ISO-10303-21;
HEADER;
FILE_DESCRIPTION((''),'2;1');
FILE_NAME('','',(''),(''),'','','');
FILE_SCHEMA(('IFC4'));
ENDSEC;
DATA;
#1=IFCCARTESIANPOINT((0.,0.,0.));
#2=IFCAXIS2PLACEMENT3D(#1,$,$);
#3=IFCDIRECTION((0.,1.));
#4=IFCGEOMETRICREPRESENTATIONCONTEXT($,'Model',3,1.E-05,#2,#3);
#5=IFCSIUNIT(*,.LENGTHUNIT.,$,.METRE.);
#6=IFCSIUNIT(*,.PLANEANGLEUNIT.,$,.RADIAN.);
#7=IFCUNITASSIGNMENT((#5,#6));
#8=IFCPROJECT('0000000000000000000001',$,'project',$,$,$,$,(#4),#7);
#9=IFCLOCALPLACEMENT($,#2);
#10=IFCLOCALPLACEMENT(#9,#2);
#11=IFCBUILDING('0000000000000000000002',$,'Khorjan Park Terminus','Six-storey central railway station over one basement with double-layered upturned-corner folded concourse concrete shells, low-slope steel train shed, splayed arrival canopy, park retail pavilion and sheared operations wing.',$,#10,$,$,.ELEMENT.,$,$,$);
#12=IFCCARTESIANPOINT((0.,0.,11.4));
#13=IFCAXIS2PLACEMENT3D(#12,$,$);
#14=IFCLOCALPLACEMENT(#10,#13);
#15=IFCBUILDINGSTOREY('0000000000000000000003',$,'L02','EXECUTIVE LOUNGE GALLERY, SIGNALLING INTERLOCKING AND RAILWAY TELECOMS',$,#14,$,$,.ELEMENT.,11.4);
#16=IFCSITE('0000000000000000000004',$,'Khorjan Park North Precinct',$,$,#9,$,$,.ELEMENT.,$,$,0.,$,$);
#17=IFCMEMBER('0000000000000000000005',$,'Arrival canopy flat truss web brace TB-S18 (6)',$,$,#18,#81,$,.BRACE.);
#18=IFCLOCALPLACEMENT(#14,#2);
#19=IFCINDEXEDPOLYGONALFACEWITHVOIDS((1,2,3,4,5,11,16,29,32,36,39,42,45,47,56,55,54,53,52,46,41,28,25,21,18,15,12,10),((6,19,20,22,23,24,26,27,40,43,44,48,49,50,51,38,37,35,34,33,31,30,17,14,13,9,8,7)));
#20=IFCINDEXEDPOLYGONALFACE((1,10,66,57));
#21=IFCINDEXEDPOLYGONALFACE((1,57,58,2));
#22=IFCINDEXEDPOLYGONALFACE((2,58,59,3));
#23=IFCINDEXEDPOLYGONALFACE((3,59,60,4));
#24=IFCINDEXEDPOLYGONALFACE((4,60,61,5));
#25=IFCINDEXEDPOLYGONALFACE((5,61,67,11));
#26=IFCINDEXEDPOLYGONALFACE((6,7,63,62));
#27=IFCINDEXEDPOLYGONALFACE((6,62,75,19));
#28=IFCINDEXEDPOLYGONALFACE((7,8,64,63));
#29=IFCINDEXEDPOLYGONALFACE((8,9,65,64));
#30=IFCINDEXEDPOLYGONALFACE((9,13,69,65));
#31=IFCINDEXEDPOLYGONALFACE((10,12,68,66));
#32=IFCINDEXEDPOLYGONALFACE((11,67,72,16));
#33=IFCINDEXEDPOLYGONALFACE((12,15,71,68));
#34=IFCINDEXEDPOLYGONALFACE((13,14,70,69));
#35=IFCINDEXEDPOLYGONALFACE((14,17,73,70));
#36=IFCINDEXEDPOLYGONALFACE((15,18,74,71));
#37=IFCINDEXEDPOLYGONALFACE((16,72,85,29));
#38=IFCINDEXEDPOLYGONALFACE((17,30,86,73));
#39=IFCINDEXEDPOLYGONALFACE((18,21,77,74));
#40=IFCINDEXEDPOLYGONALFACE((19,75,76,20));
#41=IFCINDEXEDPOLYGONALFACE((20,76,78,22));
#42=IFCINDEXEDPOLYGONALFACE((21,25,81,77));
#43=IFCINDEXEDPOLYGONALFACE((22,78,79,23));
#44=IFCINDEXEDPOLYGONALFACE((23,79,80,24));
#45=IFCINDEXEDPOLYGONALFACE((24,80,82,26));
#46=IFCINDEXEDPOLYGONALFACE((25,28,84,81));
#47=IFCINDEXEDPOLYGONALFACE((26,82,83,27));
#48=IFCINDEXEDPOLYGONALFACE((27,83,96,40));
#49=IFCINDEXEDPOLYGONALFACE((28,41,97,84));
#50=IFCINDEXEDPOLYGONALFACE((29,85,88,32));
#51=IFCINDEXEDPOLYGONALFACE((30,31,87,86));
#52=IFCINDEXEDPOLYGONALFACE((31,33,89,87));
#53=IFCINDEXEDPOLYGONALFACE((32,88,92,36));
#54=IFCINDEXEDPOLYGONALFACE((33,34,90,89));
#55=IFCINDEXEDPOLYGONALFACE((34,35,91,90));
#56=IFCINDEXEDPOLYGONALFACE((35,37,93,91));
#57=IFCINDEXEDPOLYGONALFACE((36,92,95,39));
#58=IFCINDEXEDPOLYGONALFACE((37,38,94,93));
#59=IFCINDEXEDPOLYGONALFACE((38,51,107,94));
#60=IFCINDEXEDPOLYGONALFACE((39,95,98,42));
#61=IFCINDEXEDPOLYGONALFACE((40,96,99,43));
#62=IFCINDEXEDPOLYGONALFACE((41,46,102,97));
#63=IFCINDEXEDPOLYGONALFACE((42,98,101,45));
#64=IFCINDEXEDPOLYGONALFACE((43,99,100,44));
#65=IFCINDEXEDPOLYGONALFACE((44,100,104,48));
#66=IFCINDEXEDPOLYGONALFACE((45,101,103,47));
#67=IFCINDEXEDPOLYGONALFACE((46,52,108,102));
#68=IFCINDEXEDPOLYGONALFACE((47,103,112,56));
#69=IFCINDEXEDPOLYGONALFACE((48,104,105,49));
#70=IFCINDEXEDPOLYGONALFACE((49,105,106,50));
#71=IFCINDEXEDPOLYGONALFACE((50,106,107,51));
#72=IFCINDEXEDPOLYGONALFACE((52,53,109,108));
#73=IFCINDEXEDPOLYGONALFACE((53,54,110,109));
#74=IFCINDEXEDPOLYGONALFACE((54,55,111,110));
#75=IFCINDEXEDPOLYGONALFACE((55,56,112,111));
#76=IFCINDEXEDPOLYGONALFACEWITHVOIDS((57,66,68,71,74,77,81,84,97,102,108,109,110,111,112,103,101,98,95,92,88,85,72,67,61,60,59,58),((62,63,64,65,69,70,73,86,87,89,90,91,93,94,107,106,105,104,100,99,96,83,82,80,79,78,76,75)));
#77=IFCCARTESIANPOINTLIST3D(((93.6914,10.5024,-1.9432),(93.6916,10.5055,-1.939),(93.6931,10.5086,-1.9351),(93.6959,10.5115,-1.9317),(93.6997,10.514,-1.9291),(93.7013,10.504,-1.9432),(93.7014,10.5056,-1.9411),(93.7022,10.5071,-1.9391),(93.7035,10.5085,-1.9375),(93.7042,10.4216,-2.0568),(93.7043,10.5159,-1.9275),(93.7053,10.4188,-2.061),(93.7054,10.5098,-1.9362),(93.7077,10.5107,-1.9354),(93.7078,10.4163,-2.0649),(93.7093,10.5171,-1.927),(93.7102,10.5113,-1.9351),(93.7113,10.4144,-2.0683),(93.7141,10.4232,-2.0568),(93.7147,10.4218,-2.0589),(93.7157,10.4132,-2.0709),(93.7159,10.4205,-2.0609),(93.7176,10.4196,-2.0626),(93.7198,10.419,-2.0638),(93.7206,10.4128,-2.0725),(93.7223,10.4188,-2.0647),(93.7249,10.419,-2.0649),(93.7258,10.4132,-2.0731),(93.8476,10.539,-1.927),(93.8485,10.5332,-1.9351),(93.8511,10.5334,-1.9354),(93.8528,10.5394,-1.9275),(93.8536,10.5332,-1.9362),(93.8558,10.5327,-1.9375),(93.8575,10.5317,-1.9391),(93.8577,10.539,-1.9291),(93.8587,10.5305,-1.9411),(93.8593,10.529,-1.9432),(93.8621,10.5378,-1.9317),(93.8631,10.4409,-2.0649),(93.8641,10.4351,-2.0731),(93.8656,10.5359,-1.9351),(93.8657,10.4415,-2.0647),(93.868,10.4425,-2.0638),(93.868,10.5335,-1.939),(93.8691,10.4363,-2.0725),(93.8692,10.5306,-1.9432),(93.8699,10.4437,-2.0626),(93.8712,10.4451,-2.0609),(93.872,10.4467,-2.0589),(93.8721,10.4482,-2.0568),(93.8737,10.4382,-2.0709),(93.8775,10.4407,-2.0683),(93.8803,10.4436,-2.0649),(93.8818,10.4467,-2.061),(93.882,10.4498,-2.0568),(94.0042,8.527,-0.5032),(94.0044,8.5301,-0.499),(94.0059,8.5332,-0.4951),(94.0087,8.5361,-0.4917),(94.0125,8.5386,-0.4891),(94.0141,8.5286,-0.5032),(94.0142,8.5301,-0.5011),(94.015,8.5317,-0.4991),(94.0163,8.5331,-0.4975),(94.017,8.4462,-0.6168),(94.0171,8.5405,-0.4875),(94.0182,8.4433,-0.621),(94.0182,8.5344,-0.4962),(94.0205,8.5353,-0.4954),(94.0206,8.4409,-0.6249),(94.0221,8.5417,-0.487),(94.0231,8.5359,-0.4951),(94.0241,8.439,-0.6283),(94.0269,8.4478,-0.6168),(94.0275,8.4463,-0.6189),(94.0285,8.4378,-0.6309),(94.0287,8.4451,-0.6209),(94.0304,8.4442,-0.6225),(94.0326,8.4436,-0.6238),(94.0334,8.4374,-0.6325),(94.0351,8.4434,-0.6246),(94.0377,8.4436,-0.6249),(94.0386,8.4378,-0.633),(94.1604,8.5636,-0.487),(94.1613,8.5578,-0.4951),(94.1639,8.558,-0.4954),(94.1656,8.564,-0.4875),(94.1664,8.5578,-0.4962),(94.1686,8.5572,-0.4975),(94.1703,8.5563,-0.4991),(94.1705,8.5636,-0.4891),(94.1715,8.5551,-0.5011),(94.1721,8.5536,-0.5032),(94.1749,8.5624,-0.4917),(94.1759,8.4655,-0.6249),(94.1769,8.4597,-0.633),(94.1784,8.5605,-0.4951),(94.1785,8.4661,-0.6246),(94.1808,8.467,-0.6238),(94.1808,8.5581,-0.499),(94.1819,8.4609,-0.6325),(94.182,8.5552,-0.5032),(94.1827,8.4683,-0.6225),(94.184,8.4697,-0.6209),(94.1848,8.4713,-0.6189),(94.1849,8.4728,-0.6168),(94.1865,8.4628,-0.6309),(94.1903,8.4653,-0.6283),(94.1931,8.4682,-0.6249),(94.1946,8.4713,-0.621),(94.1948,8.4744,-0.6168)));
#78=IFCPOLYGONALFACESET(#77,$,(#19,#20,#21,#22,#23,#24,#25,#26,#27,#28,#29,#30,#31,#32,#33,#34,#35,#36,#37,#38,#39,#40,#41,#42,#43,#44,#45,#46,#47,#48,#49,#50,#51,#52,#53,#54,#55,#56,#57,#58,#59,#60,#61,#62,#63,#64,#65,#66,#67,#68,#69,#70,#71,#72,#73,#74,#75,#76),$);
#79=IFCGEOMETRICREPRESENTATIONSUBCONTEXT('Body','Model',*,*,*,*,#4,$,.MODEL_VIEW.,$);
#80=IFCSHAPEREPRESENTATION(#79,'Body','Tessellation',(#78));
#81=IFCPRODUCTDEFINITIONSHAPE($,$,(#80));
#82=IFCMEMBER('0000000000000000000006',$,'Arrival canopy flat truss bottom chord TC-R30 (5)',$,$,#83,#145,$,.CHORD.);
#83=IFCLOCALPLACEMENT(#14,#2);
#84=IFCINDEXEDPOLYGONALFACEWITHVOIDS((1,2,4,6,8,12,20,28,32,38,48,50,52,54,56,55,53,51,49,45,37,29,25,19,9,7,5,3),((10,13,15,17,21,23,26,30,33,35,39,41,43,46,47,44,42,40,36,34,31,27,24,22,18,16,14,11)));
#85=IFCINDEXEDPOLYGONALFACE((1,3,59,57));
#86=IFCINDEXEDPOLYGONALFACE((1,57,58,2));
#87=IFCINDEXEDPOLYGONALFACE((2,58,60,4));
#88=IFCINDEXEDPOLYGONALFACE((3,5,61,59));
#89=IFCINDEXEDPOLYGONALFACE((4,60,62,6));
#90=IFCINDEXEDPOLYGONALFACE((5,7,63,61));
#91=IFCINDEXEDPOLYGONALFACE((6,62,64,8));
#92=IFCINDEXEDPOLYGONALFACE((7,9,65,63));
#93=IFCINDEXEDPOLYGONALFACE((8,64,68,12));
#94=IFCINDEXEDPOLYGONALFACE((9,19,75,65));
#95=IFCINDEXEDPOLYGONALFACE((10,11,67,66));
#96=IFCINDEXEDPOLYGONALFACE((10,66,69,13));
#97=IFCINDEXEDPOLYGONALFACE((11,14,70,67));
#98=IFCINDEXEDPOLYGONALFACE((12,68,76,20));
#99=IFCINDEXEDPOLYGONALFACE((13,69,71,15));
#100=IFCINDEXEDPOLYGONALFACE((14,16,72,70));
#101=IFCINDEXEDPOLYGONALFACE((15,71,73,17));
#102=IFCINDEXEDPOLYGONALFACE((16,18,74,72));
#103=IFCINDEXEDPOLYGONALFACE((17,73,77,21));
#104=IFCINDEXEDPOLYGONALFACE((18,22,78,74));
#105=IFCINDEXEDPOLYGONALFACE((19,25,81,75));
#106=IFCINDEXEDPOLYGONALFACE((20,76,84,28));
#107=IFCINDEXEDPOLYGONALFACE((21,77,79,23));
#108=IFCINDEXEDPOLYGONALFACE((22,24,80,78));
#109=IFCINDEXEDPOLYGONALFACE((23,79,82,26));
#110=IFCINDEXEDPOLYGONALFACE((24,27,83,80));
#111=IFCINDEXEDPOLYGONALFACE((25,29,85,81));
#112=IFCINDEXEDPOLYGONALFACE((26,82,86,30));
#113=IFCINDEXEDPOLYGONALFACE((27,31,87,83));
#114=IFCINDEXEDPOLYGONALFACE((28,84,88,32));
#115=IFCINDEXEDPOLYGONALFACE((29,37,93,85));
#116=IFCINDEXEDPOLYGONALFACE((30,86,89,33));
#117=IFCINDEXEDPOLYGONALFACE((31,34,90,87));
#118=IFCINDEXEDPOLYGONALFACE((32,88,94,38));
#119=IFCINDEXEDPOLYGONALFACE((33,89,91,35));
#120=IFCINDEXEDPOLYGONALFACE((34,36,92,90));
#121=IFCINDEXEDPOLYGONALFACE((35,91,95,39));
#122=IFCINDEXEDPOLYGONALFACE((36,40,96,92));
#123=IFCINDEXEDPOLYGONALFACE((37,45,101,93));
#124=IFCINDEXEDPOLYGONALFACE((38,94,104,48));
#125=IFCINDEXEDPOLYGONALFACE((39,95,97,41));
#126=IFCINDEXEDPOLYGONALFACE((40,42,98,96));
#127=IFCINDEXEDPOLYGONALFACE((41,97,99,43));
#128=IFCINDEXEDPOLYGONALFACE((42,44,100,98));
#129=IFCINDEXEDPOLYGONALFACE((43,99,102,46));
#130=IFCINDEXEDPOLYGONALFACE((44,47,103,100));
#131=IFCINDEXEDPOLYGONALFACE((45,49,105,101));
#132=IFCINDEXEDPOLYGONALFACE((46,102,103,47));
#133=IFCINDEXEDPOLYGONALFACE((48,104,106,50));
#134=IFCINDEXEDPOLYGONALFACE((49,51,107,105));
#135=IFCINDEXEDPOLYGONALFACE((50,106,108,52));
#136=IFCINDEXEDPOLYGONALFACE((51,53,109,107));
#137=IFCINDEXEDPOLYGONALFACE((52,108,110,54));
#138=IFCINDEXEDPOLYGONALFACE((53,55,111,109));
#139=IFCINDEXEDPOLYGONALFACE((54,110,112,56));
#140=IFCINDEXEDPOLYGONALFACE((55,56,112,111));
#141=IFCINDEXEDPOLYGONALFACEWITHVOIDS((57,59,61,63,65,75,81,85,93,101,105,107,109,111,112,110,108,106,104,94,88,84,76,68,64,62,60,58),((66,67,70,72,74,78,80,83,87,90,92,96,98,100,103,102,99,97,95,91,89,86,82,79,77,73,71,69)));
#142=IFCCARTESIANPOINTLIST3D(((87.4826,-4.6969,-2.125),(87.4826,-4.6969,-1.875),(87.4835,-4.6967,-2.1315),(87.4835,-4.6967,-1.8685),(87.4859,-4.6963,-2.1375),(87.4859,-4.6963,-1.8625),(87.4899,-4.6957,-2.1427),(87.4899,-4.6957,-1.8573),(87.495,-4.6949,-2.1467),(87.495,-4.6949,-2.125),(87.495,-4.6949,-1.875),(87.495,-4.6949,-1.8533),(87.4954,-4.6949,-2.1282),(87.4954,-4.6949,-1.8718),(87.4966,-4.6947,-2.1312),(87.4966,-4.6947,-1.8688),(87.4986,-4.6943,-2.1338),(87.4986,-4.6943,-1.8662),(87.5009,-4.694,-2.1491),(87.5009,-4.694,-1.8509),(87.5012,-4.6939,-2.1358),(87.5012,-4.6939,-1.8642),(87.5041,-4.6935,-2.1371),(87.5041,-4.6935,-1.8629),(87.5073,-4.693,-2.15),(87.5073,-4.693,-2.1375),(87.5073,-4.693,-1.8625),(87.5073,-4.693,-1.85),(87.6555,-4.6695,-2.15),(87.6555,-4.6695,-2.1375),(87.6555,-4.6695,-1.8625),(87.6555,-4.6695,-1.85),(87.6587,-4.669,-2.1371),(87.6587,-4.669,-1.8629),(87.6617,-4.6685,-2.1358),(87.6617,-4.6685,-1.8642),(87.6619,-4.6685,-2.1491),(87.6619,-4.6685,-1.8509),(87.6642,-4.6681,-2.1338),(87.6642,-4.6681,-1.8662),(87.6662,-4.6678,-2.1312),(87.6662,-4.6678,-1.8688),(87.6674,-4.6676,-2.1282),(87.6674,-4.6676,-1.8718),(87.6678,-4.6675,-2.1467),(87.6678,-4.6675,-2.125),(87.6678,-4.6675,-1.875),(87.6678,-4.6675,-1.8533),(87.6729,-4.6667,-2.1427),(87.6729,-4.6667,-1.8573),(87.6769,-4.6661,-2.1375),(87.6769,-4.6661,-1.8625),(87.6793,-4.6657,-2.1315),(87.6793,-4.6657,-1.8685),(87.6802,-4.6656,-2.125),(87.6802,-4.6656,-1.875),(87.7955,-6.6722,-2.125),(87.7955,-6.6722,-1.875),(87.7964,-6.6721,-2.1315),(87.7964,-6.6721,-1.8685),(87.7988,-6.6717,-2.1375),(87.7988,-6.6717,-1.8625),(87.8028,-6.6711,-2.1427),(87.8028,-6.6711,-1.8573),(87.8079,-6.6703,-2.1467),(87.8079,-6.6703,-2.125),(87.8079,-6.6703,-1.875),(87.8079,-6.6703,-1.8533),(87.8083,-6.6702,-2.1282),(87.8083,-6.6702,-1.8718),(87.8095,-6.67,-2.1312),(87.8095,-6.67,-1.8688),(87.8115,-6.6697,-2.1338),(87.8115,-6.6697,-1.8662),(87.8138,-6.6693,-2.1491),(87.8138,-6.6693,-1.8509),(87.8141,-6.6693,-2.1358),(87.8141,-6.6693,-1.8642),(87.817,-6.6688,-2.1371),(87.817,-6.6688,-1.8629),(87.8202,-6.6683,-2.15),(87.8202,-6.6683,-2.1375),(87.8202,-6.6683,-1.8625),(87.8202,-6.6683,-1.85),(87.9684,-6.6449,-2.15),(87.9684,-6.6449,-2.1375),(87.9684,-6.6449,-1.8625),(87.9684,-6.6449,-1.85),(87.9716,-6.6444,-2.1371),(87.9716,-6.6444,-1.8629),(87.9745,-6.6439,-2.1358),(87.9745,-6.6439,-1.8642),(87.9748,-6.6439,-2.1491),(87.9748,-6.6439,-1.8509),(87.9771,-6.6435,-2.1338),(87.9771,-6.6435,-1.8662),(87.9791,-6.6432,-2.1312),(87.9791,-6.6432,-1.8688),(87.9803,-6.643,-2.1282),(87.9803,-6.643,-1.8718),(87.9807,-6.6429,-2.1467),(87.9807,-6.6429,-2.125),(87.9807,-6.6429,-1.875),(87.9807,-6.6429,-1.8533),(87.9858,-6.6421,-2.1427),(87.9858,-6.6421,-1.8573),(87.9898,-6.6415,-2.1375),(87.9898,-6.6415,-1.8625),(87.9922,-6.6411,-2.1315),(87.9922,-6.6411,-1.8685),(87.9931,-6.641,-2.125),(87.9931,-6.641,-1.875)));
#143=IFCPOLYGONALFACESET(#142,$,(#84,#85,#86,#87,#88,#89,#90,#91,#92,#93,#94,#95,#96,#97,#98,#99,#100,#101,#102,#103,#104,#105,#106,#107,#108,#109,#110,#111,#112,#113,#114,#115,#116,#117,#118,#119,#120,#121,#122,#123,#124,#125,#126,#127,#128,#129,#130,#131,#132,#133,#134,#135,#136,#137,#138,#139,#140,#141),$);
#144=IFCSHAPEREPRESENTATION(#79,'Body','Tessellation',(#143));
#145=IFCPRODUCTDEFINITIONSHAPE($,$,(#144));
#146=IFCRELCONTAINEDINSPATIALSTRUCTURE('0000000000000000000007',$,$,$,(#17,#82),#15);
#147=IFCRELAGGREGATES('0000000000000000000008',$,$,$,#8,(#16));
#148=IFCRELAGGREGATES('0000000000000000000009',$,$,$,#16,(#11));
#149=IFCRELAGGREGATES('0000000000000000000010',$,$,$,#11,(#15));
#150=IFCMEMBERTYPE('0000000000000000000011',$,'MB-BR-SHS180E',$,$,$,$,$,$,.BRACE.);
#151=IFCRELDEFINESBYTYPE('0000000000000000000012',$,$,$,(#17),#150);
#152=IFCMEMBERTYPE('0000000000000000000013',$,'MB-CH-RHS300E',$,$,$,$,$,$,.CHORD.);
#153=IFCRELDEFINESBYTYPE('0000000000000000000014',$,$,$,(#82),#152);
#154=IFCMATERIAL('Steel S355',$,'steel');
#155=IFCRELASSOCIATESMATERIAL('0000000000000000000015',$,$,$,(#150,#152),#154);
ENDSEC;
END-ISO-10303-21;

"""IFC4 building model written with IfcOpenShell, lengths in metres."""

from ifc_helpers import new_model, si_unit, direction, frame, origin, origin_2d, place, context, subcontext, project, spatial, hollow_rectangle, extrude, material, material_profile, profile_set, type_object, element, save


model = new_model("IFC4")

# Units and contexts
model_context = context("Model", 3, precision=1e-05, world=origin(), true_north=direction((0.0, 1.0)))
body_context = subcontext(model_context, "Body", "Model", "MODEL_VIEW")
ifc_project = project(units=[si_unit("LENGTHUNIT", "METRE"), si_unit("PLANEANGLEUNIT", "RADIAN")], contexts=[model_context])

# Site, building, storey
site_placement = place(None, origin())
site = spatial("IfcSite", under=ifc_project, at=site_placement, Name="Khorjan Park North Precinct", CompositionType="ELEMENT", RefElevation=0.0)
building_placement = place(site_placement, origin())
building = spatial("IfcBuilding", under=site, at=building_placement, Name="Khorjan Park Terminus", Description="Six-storey central railway station over one basement with double-layered upturned-corner folded concourse concrete shells, low-slope steel train shed, splayed arrival canopy, park retail pavilion and sheared operations wing.", CompositionType="ELEMENT")
storey_placement = place(building_placement, frame((0.0, 0.0, 11.4)))
storey = spatial("IfcBuildingStorey", under=building, at=storey_placement, Name="L02", Description="EXECUTIVE LOUNGE GALLERY, SIGNALLING INTERLOCKING AND RAILWAY TELECOMS", CompositionType="ELEMENT", Elevation=11.4)

# Members
ifc_material = material(Name="Steel S355", Category="steel")
ifc_material_profile_1 = material_profile(ifc_material, hollow_rectangle(XDim=0.18, YDim=0.18, WallThickness=0.01, InnerFilletRadius=0.01, OuterFilletRadius=0.02, at=origin_2d()), Name="SHS 180x180x10")
ifc_profile_set_1 = profile_set([ifc_material_profile_1], Name="Steel S355")
member_type_1 = type_object("IfcMemberType", Name="MB-BR-SHS180E", PredefinedType="BRACE", material=ifc_profile_set_1)
for number, where, z_axis, x_axis, name in (
    (1, (94.0995, 8.5007, -0.56), (-0.126923, 0.801549, -0.584302), (-0.987694, -0.156399, 0.0), "Arrival canopy flat truss web brace TB-S18 (6)"),
):
    element("IfcMember", number, at=place(storey_placement, frame(where, z_axis=z_axis, x_axis=x_axis)), inside=storey, type_object=member_type_1, Name=name, PredefinedType="BRACE", context=body_context, shape_type="SweptSolid", body=[
        extrude(hollow_rectangle(XDim=0.18, YDim=0.18, WallThickness=0.01, InnerFilletRadius=0.01, OuterFilletRadius=0.02, at=origin_2d()), origin(), (0.0, 0.0, 1.0), 2.4645),
    ])
ifc_material_profile_2 = material_profile(ifc_material, hollow_rectangle(XDim=0.2, YDim=0.3, WallThickness=0.0125, InnerFilletRadius=0.0125, OuterFilletRadius=0.025, at=origin_2d()), Name="RHS 300x200x12.5")
ifc_profile_set_2 = profile_set([ifc_material_profile_2], Name="Steel S355")
member_type_2 = type_object("IfcMemberType", Name="MB-CH-RHS300E", PredefinedType="CHORD", material=ifc_profile_set_2)
member_1_placement = place(storey_placement, frame((87.8943, -6.6566, -2.0), z_axis=(-0.156448, 0.987686, 0.0), x_axis=(-0.987686, -0.156448, 0.0)))
element("IfcMember", 2, at=member_1_placement, inside=storey, type_object=member_type_2, Name="Arrival canopy flat truss bottom chord TC-R30 (5)", PredefinedType="CHORD", context=body_context, shape_type="SweptSolid", body=[
    extrude(hollow_rectangle(XDim=0.2, YDim=0.3, WallThickness=0.0125, InnerFilletRadius=0.0125, OuterFilletRadius=0.025, at=origin_2d()), origin(), (0.0, 0.0, 1.0), 2.0),
])

save(model, "model.ifc")
